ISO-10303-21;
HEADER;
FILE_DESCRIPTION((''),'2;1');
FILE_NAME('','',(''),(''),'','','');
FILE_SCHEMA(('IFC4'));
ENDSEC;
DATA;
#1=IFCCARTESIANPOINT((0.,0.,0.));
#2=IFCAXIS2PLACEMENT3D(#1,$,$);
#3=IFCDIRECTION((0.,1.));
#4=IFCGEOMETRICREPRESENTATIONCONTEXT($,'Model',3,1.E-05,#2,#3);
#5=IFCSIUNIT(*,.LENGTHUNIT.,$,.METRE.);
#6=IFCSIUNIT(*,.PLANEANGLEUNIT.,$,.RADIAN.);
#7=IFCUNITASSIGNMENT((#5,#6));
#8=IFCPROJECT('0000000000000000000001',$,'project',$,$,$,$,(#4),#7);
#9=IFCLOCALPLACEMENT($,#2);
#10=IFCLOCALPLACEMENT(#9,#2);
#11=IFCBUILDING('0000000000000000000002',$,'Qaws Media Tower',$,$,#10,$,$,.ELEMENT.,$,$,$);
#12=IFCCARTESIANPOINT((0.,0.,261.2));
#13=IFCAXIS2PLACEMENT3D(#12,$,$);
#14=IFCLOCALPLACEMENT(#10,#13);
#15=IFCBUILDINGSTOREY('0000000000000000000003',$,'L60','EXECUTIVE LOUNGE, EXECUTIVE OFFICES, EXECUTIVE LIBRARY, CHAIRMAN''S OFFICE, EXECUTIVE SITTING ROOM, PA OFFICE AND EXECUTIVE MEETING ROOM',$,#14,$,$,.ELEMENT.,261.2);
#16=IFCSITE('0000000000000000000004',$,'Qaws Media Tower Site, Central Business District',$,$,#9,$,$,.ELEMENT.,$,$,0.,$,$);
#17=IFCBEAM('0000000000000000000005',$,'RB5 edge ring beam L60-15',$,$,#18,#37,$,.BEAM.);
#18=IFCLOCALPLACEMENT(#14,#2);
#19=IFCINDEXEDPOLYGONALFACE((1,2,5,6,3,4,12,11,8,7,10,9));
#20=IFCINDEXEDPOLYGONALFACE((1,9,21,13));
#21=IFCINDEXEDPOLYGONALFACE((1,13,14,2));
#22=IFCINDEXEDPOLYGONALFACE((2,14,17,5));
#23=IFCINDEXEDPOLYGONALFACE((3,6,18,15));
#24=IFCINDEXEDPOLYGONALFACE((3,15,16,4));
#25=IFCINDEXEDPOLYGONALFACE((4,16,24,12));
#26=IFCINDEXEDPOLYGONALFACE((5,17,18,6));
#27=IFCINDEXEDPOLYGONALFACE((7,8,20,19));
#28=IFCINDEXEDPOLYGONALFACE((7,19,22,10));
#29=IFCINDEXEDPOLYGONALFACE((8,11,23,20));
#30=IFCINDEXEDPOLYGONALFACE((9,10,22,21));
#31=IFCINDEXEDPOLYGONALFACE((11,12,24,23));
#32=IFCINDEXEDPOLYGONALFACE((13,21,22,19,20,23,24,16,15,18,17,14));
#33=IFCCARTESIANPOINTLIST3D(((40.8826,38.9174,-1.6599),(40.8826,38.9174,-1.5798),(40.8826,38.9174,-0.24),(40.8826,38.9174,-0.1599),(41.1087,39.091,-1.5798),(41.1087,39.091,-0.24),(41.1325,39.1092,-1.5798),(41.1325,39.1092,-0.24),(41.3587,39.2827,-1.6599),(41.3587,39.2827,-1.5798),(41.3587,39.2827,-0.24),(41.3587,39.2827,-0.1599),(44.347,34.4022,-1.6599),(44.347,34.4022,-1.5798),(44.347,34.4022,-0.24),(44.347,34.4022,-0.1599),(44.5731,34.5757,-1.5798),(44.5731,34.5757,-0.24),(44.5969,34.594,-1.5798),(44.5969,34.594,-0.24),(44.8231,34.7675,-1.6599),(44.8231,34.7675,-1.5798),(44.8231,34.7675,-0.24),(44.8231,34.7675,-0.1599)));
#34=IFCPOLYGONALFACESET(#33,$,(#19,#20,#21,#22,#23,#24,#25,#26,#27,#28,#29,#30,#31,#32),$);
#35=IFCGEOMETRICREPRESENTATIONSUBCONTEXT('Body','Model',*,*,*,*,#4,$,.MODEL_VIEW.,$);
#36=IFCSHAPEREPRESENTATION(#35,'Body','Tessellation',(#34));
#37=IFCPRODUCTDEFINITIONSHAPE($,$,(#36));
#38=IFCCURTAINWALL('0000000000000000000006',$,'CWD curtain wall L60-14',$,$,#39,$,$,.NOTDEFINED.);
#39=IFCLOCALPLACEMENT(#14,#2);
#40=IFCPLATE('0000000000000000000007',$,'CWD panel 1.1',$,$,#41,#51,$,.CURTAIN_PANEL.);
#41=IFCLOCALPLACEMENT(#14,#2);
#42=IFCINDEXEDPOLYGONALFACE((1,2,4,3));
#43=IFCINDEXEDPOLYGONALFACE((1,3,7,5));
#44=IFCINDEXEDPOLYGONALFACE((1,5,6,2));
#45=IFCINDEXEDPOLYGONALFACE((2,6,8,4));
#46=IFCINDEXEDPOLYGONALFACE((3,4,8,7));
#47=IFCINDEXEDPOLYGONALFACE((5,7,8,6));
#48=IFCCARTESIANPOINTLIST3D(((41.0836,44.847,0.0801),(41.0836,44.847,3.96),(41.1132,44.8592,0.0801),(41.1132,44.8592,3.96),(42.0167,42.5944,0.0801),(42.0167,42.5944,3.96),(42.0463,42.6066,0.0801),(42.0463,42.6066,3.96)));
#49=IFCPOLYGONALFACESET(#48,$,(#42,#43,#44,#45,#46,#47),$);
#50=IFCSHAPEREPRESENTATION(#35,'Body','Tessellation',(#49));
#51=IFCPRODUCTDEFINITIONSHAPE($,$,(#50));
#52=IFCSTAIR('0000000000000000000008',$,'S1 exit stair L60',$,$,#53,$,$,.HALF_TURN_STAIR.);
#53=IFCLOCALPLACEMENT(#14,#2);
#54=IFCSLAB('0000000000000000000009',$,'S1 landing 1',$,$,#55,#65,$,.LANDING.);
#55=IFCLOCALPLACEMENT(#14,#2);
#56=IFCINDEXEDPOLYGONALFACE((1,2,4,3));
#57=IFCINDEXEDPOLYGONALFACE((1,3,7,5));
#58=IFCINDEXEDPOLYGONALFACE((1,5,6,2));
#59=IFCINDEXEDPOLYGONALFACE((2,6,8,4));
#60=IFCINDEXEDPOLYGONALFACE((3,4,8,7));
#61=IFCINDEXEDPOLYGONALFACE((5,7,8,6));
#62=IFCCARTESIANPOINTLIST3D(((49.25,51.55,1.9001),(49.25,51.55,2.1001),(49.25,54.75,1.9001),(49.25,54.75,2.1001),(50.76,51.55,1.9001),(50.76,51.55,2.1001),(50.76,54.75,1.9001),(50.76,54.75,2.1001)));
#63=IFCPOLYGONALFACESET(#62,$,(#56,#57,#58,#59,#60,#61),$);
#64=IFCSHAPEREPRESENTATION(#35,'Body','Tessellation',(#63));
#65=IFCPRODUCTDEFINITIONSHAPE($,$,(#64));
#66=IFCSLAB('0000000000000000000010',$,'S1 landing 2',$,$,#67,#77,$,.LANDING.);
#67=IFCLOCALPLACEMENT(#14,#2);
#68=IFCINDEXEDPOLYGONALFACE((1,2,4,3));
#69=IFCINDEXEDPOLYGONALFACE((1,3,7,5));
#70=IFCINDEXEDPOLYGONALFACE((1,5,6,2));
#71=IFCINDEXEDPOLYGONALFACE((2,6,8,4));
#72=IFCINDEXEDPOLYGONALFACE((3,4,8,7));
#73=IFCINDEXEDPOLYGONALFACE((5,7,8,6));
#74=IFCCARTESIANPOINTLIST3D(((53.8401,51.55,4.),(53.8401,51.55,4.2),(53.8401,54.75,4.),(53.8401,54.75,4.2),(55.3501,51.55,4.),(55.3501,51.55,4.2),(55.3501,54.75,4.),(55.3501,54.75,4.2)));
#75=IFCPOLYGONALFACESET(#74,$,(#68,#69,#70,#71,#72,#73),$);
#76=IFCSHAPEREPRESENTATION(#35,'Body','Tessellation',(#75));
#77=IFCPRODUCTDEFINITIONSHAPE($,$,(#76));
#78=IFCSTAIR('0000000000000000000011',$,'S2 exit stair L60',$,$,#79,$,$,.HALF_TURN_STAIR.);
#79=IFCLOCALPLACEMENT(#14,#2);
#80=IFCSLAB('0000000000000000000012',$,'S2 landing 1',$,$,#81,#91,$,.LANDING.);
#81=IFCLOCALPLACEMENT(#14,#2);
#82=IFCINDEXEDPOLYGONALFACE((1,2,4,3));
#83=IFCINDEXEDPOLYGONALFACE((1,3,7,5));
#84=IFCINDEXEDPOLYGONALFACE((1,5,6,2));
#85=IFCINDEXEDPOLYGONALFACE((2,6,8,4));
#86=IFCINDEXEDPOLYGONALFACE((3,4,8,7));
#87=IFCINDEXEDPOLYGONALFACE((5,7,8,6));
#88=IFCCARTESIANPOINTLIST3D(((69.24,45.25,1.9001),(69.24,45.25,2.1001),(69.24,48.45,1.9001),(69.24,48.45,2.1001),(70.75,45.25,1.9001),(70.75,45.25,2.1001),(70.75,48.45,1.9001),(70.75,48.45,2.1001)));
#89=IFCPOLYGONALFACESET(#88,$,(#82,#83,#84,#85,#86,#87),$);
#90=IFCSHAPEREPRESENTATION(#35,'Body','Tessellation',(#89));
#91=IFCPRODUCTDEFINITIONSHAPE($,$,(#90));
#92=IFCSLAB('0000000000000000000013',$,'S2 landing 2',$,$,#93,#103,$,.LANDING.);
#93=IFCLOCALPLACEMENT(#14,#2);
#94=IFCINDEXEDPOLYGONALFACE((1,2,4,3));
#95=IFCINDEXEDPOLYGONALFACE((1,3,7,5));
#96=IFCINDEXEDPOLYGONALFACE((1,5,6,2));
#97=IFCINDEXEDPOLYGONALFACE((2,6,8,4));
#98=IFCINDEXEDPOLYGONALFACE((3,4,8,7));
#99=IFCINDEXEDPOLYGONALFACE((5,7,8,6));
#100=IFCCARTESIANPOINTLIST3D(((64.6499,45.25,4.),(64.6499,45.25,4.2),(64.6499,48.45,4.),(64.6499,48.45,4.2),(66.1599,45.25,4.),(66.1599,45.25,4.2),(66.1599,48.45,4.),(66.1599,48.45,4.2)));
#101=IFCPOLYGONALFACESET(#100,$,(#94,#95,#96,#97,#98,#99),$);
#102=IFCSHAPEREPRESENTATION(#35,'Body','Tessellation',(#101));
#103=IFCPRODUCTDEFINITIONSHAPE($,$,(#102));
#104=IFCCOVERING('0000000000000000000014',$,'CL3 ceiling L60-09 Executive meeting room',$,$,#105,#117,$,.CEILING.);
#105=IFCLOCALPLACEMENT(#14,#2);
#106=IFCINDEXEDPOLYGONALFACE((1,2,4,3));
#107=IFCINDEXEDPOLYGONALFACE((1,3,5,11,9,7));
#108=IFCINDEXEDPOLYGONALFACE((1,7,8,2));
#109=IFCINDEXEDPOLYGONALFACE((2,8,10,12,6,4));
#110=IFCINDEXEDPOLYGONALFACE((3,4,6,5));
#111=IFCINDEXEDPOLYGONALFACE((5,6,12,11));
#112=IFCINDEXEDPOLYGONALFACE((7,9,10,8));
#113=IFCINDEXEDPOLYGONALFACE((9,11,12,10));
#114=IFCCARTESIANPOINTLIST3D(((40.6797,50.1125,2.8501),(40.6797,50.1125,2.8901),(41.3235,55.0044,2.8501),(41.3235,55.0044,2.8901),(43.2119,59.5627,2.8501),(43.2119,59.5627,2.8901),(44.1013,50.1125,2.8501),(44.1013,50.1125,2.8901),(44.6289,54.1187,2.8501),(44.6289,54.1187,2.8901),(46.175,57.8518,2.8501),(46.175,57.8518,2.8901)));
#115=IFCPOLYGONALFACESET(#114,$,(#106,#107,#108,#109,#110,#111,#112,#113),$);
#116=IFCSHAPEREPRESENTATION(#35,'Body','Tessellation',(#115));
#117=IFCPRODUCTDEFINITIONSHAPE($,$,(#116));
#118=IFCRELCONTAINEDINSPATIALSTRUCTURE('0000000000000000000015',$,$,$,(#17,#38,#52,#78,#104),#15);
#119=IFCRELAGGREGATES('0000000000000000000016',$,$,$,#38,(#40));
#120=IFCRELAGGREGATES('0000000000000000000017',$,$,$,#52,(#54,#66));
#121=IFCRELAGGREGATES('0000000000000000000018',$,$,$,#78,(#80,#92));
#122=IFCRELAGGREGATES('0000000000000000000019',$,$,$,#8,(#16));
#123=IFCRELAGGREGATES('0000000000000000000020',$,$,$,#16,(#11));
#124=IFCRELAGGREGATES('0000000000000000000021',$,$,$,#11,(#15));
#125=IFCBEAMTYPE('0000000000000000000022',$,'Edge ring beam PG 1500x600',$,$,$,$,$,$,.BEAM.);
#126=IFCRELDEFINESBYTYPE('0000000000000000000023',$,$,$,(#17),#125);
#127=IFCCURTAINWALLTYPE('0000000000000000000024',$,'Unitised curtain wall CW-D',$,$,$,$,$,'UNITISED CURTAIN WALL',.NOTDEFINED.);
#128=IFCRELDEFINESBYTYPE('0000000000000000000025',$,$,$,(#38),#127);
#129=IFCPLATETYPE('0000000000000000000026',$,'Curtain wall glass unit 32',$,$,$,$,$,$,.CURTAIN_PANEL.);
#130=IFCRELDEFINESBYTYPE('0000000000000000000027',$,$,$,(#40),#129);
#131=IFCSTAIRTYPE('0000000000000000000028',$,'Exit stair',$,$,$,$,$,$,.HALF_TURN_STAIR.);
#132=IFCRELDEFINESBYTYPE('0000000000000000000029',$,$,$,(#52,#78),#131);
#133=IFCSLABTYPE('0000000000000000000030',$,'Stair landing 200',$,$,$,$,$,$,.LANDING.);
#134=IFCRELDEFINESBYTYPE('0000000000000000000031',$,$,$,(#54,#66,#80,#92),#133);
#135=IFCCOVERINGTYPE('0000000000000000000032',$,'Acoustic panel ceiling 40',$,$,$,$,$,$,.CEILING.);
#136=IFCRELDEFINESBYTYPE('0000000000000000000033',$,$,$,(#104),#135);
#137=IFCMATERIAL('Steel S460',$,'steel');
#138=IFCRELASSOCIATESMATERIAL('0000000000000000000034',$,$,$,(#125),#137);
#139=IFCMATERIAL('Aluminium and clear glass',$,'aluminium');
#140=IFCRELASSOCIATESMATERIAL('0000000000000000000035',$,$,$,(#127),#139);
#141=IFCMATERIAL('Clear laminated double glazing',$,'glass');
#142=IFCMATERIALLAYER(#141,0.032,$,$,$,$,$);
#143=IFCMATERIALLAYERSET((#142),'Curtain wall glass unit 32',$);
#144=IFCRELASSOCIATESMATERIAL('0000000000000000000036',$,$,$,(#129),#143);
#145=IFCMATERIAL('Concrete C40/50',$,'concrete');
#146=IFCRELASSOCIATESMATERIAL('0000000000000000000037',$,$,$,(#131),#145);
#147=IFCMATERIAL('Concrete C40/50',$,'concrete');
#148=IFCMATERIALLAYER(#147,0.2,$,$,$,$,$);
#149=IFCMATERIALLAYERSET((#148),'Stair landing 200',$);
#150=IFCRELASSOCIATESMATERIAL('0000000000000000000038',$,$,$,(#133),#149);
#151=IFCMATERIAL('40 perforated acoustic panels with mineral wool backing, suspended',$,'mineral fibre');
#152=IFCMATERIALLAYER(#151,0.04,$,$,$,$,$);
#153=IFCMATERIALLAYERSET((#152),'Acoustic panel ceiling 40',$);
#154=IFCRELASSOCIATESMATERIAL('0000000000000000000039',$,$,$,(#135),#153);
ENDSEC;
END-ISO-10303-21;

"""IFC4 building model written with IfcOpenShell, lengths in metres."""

from ifc_helpers import new_model, si_unit, direction, frame, origin, origin_2d, place, context, subcontext, project, spatial, polyline, rectangle, i_section, outline, extrude, material, layer, layer_set, material_profile, profile_set, type_object, element, aggregate, save


model = new_model("IFC4")

# Units and contexts
model_context = context("Model", 3, precision=1e-05, world=origin(), true_north=direction((0.0, 1.0)))
body_context = subcontext(model_context, "Body", "Model", "MODEL_VIEW")
ifc_project = project(units=[si_unit("LENGTHUNIT", "METRE"), si_unit("PLANEANGLEUNIT", "RADIAN")], contexts=[model_context])

# Site, building, storey
site_placement = place(None, origin())
site = spatial("IfcSite", under=ifc_project, at=site_placement, Name="Qaws Media Tower Site, Central Business District", CompositionType="ELEMENT", RefElevation=0.0)
building_placement = place(site_placement, origin())
building = spatial("IfcBuilding", under=site, at=building_placement, Name="Qaws Media Tower", CompositionType="ELEMENT")
storey_placement = place(building_placement, frame((0.0, 0.0, 261.2)))
storey = spatial("IfcBuildingStorey", under=building, at=storey_placement, Name="L60", Description="EXECUTIVE LOUNGE, EXECUTIVE OFFICES, EXECUTIVE LIBRARY, CHAIRMAN'S OFFICE, EXECUTIVE SITTING ROOM, PA OFFICE AND EXECUTIVE MEETING ROOM", CompositionType="ELEMENT", Elevation=261.2)

# Beam
ifc_material_1 = material(Name="Steel S460", Category="steel")
ifc_material_profile_1 = material_profile(ifc_material_1, i_section(OverallWidth=0.6001, OverallDepth=1.5, WebThickness=0.03, FlangeThickness=0.0801, at=origin_2d()), Name="PG 1500x600")
ifc_profile_set_1 = profile_set([ifc_material_profile_1], Name="Steel S460")
beam_type = type_object("IfcBeamType", Name="Edge ring beam PG 1500x600", PredefinedType="BEAM", material=ifc_profile_set_1)
beam_1_placement = place(storey_placement, frame((41.1206, 39.1001, -0.9099), z_axis=(0.608736, -0.793373, 0.0), x_axis=(0.793373, 0.608736, 0.0)))
element("IfcBeam", 1, at=beam_1_placement, inside=storey, type_object=beam_type, Name="RB5 edge ring beam L60-15", PredefinedType="BEAM", context=body_context, shape_type="SweptSolid", body=[
    extrude(i_section(OverallWidth=0.6001, OverallDepth=1.5, WebThickness=0.03, FlangeThickness=0.0801, at=origin_2d()), origin(), (0.0, 0.0, 1.0), 5.6912),
])

# Curtain wall, plate
ifc_material_2 = material(Name="Aluminium and clear glass", Category="aluminium")
curtain_wall_type = type_object("IfcCurtainWallType", Name="Unitised curtain wall CW-D", ElementType="UNITISED CURTAIN WALL", PredefinedType="NOTDEFINED", material=ifc_material_2)
curtain_wall_placement = place(storey_placement, origin())
curtain_wall = element("IfcCurtainWall", 2, at=curtain_wall_placement, inside=storey, type_object=curtain_wall_type, Name="CWD curtain wall L60-14", PredefinedType="NOTDEFINED")
ifc_material_3 = material(Name="Clear laminated double glazing", Category="glass")
ifc_layer_1 = layer(ifc_material_3, 0.032)
ifc_layer_set_1 = layer_set([ifc_layer_1], Name="Curtain wall glass unit 32")
plate_type = type_object("IfcPlateType", Name="Curtain wall glass unit 32", PredefinedType="CURTAIN_PANEL", material=ifc_layer_set_1)
plate_placement = place(storey_placement, frame((41.5649, 43.7268, 0.0801), z_axis=(0.0, 0.0, 1.0), x_axis=(0.382683, -0.92388, 0.0)))
plate = element("IfcPlate", 3, at=plate_placement, type_object=plate_type, Name="CWD panel 1.1", PredefinedType="CURTAIN_PANEL", context=body_context, shape_type="SweptSolid", body=[
    extrude(rectangle(XDim=2.4382, YDim=0.032, at=origin_2d()), origin(), (0.0, 0.0, 1.0), 3.8799),
])
aggregate(curtain_wall, [plate])

# Stairs, slabs
ifc_material_4 = material(Name="Concrete C40/50", Category="concrete")
stair_type = type_object("IfcStairType", Name="Exit stair", PredefinedType="HALF_TURN_STAIR", material=ifc_material_4)
stair_1_placement = place(storey_placement, origin())
stair_1 = element("IfcStair", 4, at=stair_1_placement, inside=storey, type_object=stair_type, Name="S1 exit stair L60", PredefinedType="HALF_TURN_STAIR")
ifc_material_5 = material(Name="Concrete C40/50", Category="concrete")
ifc_layer_2 = layer(ifc_material_5, 0.2)
ifc_layer_set_2 = layer_set([ifc_layer_2], Name="Stair landing 200")
slab_type = type_object("IfcSlabType", Name="Stair landing 200", PredefinedType="LANDING", material=ifc_layer_set_2)
slab_1_placement = place(storey_placement, frame((0.0, 0.0, 1.9001)))
slab_1 = element("IfcSlab", 5, at=slab_1_placement, type_object=slab_type, Name="S1 landing 1", PredefinedType="LANDING", context=body_context, shape_type="SweptSolid", body=[
    extrude(outline(polyline([(49.25, 51.55), (50.76, 51.55), (50.76, 54.75), (49.25, 54.75), (49.25, 51.55)])), origin(), (0.0, 0.0, 1.0), 0.2),
])
slab_2_placement = place(storey_placement, frame((0.0, 0.0, 4.0)))
slab_2 = element("IfcSlab", 6, at=slab_2_placement, type_object=slab_type, Name="S1 landing 2", PredefinedType="LANDING", context=body_context, shape_type="SweptSolid", body=[
    extrude(outline(polyline([(53.8401, 51.55), (55.3501, 51.55), (55.3501, 54.75), (53.8401, 54.75), (53.8401, 51.55)])), origin(), (0.0, 0.0, 1.0), 0.2),
])
aggregate(stair_1, [slab_1, slab_2])
stair_2_placement = place(storey_placement, origin())
stair_2 = element("IfcStair", 7, at=stair_2_placement, inside=storey, type_object=stair_type, Name="S2 exit stair L60", PredefinedType="HALF_TURN_STAIR")
slab_3_placement = place(storey_placement, frame((0.0, 0.0, 1.9001)))
slab_3 = element("IfcSlab", 8, at=slab_3_placement, type_object=slab_type, Name="S2 landing 1", PredefinedType="LANDING", context=body_context, shape_type="SweptSolid", body=[
    extrude(outline(polyline([(69.24, 45.25), (70.75, 45.25), (70.75, 48.45), (69.24, 48.45), (69.24, 45.25)])), origin(), (0.0, 0.0, 1.0), 0.2),
])
slab_4_placement = place(storey_placement, frame((0.0, 0.0, 4.0)))
slab_4 = element("IfcSlab", 9, at=slab_4_placement, type_object=slab_type, Name="S2 landing 2", PredefinedType="LANDING", context=body_context, shape_type="SweptSolid", body=[
    extrude(outline(polyline([(64.6499, 45.25), (66.1599, 45.25), (66.1599, 48.45), (64.6499, 48.45), (64.6499, 45.25)])), origin(), (0.0, 0.0, 1.0), 0.2),
])
aggregate(stair_2, [slab_3, slab_4])

# Covering
ifc_material_6 = material(Name="40 perforated acoustic panels with mineral wool backing, suspended", Category="mineral fibre")
ifc_layer_3 = layer(ifc_material_6, 0.04)
ifc_layer_set_3 = layer_set([ifc_layer_3], Name="Acoustic panel ceiling 40")
covering_type_1 = type_object("IfcCoveringType", Name="Acoustic panel ceiling 40", PredefinedType="CEILING", material=ifc_layer_set_3)
covering_1_placement = place(storey_placement, frame((0.0, 0.0, 2.8501)))
element("IfcCovering", 10, at=covering_1_placement, inside=storey, type_object=covering_type_1, Name="CL3 ceiling L60-09 Executive meeting room", PredefinedType="CEILING", context=body_context, shape_type="SweptSolid", body=[
    extrude(outline(polyline([(41.3235, 55.0044), (43.2119, 59.5627), (46.175, 57.8518), (44.6289, 54.1187), (44.1013, 50.1125), (40.6797, 50.1125), (41.3235, 55.0044)])), origin(), (0.0, 0.0, 1.0), 0.04),
])

save(model, "model.ifc")
